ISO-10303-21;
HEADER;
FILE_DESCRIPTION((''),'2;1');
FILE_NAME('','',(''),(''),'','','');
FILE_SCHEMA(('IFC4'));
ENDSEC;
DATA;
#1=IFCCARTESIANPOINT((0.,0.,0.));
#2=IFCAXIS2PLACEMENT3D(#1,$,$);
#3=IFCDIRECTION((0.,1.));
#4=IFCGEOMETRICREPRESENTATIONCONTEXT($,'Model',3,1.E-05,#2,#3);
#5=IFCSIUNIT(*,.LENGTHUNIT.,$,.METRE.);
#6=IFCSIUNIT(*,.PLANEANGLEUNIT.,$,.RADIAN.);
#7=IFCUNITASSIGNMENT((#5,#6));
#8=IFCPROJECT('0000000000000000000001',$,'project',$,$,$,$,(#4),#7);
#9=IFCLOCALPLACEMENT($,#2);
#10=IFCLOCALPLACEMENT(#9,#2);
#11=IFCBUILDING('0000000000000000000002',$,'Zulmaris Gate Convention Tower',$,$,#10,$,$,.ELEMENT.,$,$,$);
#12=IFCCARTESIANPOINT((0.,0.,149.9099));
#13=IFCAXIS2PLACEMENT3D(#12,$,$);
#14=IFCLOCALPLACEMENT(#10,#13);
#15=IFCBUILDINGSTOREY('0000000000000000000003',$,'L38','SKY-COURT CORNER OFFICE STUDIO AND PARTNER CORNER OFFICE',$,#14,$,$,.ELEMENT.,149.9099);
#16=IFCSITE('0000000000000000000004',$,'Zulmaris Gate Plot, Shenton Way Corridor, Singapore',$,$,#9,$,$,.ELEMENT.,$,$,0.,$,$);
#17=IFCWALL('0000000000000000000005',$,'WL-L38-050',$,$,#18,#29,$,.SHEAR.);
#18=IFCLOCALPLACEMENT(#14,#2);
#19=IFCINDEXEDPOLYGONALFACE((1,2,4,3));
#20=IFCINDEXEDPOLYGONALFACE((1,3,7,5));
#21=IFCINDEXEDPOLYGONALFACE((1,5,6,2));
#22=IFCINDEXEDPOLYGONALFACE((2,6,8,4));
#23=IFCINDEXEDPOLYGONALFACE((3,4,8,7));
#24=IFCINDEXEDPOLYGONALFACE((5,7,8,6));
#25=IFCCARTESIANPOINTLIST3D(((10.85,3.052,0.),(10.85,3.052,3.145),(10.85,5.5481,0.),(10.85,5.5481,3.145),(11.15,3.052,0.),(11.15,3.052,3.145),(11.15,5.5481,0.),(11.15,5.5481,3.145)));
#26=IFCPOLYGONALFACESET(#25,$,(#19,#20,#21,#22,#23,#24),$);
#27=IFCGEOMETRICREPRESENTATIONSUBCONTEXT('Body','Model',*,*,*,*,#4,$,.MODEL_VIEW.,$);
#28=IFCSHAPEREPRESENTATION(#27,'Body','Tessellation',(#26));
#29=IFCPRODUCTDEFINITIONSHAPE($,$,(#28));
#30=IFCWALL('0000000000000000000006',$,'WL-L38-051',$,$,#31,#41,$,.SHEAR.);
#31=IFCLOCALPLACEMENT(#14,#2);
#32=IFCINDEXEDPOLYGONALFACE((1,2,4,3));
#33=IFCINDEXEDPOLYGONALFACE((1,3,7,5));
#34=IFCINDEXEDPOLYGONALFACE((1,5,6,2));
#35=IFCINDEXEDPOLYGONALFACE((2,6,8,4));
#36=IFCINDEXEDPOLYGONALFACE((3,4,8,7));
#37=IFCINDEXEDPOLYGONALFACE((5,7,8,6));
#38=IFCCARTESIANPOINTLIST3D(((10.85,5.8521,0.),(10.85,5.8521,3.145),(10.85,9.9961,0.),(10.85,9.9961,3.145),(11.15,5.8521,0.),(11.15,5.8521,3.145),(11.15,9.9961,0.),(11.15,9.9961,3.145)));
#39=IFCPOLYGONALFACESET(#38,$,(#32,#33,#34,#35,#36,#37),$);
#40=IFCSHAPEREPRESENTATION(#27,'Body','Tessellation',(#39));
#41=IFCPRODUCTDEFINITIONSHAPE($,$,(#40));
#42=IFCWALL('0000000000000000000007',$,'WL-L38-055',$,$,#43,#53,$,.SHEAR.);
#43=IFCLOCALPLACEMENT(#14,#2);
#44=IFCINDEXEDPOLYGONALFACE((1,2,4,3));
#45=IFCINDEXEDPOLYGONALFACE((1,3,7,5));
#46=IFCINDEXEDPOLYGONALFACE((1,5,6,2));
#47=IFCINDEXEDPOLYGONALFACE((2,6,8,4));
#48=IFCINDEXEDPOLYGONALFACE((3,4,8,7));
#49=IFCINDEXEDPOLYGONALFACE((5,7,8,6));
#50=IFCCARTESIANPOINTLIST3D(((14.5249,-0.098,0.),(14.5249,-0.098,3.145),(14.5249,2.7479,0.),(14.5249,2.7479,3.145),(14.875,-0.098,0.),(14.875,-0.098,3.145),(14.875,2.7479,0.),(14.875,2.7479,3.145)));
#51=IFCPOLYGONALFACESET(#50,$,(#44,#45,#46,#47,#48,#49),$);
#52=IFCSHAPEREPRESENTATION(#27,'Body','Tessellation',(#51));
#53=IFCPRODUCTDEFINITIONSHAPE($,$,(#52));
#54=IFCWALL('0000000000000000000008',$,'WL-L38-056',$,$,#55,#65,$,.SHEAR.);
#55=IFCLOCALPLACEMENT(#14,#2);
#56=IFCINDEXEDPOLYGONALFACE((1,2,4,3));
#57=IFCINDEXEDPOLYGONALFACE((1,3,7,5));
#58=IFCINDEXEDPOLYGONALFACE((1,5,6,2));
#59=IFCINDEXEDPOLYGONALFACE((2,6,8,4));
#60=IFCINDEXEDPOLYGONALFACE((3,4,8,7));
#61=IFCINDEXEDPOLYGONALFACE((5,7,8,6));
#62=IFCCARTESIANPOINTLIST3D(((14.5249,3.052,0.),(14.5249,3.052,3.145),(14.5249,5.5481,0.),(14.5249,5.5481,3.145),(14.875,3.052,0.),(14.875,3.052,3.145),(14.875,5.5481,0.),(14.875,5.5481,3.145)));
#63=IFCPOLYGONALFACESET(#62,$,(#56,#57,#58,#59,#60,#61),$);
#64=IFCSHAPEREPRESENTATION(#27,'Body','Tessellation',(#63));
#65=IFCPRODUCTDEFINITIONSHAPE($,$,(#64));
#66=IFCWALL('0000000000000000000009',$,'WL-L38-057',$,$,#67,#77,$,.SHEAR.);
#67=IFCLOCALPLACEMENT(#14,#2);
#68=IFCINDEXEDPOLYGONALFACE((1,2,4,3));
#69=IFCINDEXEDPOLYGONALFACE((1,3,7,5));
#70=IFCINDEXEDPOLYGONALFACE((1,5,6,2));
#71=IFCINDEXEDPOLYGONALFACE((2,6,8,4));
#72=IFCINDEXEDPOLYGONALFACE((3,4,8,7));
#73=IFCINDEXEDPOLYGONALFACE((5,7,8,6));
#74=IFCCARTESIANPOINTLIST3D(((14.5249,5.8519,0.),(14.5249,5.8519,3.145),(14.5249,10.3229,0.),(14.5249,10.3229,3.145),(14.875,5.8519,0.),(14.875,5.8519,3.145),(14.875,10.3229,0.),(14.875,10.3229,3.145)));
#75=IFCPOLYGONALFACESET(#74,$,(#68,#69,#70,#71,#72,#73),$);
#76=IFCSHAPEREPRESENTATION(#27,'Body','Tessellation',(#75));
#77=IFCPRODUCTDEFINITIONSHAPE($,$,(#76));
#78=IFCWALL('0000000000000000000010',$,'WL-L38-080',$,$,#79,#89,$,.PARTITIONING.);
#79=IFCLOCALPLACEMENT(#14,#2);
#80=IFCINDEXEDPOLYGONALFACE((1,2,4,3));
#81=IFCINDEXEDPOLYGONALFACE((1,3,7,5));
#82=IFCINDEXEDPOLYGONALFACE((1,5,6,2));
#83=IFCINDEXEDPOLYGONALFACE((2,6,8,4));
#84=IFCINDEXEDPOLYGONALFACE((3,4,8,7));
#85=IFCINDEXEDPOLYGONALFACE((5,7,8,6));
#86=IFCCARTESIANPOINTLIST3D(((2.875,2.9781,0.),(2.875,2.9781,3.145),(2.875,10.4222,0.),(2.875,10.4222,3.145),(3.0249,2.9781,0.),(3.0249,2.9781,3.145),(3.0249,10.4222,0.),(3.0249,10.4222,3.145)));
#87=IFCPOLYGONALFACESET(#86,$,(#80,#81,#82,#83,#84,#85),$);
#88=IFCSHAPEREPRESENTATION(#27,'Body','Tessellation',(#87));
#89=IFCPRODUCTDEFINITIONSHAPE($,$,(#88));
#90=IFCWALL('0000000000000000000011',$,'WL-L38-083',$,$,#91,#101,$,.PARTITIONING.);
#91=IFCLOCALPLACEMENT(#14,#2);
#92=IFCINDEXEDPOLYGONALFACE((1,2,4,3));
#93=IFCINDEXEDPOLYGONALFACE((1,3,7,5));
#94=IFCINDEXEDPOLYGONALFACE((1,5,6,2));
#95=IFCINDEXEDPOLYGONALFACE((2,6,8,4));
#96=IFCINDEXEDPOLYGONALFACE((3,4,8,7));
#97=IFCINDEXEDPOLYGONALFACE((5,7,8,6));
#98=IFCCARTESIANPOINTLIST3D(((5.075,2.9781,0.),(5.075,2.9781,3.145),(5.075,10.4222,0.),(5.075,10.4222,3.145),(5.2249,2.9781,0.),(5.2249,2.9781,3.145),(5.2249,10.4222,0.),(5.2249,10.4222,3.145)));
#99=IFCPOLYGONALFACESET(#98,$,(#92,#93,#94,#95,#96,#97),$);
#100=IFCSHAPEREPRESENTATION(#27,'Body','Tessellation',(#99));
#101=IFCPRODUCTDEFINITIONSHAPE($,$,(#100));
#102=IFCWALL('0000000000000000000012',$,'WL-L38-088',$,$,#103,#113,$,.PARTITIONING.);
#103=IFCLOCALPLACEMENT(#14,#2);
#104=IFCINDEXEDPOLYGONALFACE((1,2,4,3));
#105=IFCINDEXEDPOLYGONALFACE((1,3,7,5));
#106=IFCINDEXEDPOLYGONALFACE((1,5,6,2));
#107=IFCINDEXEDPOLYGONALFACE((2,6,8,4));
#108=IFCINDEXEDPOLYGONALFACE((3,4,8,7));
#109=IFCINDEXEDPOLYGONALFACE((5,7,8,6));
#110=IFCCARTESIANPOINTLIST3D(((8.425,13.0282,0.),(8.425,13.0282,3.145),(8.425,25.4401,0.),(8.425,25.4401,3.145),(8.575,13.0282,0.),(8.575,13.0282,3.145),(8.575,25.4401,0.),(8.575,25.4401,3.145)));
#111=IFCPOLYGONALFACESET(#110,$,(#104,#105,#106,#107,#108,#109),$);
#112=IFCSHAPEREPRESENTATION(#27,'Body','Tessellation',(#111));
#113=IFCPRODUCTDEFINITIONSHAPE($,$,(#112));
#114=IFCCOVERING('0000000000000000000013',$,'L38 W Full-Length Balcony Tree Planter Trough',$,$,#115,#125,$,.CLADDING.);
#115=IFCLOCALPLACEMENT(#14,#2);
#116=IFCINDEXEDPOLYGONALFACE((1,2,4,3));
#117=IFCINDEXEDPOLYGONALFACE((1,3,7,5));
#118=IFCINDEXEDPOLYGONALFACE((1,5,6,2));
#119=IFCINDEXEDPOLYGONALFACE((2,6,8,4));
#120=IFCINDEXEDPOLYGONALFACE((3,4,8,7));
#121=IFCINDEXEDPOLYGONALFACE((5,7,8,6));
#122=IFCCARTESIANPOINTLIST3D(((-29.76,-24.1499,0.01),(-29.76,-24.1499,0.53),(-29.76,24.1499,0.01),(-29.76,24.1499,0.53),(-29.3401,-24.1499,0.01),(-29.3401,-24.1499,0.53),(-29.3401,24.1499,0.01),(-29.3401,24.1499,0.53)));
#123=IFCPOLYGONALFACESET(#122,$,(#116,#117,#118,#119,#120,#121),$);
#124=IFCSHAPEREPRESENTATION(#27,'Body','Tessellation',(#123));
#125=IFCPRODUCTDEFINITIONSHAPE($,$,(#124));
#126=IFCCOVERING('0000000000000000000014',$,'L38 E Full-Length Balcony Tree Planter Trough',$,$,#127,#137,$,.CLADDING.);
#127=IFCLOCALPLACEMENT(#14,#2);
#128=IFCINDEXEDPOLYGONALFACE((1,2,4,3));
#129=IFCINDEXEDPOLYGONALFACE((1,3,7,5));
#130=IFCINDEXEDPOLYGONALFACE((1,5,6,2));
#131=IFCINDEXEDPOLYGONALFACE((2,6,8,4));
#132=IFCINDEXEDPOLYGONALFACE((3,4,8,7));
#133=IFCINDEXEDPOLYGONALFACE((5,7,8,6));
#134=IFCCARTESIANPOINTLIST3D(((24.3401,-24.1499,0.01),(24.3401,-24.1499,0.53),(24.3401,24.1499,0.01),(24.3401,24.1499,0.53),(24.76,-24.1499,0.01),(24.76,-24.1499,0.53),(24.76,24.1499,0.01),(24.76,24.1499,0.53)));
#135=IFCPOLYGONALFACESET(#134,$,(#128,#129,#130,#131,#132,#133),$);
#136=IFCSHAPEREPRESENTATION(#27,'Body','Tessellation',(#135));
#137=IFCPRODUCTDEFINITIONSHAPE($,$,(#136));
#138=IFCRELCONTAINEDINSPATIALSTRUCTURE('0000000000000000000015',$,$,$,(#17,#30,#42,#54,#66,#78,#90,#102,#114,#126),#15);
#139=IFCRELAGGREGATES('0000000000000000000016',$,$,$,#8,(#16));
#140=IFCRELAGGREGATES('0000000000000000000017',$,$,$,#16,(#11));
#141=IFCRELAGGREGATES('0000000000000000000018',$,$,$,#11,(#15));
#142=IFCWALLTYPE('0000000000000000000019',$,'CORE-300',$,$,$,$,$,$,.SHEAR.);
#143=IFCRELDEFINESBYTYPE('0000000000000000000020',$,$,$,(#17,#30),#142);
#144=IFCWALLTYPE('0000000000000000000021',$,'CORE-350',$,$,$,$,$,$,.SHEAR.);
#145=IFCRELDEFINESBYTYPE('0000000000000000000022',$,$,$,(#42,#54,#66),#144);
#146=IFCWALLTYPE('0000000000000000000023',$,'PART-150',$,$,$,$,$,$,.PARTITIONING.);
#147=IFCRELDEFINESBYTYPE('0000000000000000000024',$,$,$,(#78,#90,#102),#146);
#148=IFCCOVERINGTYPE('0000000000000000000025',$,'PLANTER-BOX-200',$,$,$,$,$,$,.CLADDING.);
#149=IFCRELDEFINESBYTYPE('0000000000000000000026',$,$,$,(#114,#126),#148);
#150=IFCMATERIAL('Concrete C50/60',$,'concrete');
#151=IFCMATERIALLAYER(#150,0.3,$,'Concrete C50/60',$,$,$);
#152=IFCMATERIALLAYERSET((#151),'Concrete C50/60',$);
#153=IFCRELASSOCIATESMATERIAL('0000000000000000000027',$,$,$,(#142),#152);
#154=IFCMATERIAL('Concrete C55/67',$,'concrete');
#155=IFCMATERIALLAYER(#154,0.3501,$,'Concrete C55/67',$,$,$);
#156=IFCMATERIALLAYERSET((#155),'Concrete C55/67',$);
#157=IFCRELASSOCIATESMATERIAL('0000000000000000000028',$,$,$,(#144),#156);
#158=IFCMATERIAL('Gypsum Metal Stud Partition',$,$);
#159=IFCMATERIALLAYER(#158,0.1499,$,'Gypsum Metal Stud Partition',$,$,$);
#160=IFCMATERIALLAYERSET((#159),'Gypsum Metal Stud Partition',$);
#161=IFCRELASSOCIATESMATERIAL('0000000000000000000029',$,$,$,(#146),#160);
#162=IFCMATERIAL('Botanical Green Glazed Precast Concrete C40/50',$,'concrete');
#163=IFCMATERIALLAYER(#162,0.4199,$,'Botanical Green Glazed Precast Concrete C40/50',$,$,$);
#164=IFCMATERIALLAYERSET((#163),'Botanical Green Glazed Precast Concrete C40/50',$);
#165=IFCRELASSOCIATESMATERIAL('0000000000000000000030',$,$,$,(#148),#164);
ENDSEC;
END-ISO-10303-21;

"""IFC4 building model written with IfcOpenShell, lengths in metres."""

from ifc_helpers import new_model, si_unit, direction, frame, frame_2d, origin, place, context, subcontext, project, spatial, polyline, rectangle, outline, extrude, material, layer, layer_set, type_object, element, save


model = new_model("IFC4")

# Units and contexts
model_context = context("Model", 3, precision=1e-05, world=origin(), true_north=direction((0.0, 1.0)))
body_context = subcontext(model_context, "Body", "Model", "MODEL_VIEW")
ifc_project = project(units=[si_unit("LENGTHUNIT", "METRE"), si_unit("PLANEANGLEUNIT", "RADIAN")], contexts=[model_context])

# Site, building, storey
site_placement = place(None, origin())
site = spatial("IfcSite", under=ifc_project, at=site_placement, Name="Zulmaris Gate Plot, Shenton Way Corridor, Singapore", CompositionType="ELEMENT", RefElevation=0.0)
building_placement = place(site_placement, origin())
building = spatial("IfcBuilding", under=site, at=building_placement, Name="Zulmaris Gate Convention Tower", CompositionType="ELEMENT")
storey_placement = place(building_placement, frame((0.0, 0.0, 149.9099)))
storey = spatial("IfcBuildingStorey", under=building, at=storey_placement, Name="L38", Description="SKY-COURT CORNER OFFICE STUDIO AND PARTNER CORNER OFFICE", CompositionType="ELEMENT", Elevation=149.9099)

# Shared definitions
ifc_material_1 = material(Name="Concrete C50/60", Category="concrete")

# Shared definitions
ifc_layer_1 = layer(ifc_material_1, 0.3, Name="Concrete C50/60")
ifc_layer_set_1 = layer_set([ifc_layer_1], Name="Concrete C50/60")
wall_type_1 = type_object("IfcWallType", Name="CORE-300", PredefinedType="SHEAR", material=ifc_layer_set_1)

# Walls
wall_1_placement = place(storey_placement, frame((11.0, 3.052, 0.0), z_axis=(0.0, 0.0, 1.0), x_axis=(0.0, 1.0, 0.0)))
element("IfcWall", 1, at=wall_1_placement, inside=storey, type_object=wall_type_1, Name="WL-L38-050", PredefinedType="SHEAR", context=body_context, shape_type="SweptSolid", body=[
    extrude(rectangle(XDim=2.4961, YDim=0.3, at=frame_2d((1.248, 0.0))), origin(), (0.0, 0.0, 1.0), 3.145),
])
wall_2_placement = place(storey_placement, frame((11.0, 5.8521, 0.0), z_axis=(0.0, 0.0, 1.0), x_axis=(0.0, 1.0, 0.0)))
element("IfcWall", 2, at=wall_2_placement, inside=storey, type_object=wall_type_1, Name="WL-L38-051", PredefinedType="SHEAR", context=body_context, shape_type="SweptSolid", body=[
    extrude(rectangle(XDim=4.144, YDim=0.3, at=frame_2d((2.072, 0.0))), origin(), (0.0, 0.0, 1.0), 3.145),
])

# Shared definitions
ifc_material_2 = material(Name="Concrete C55/67", Category="concrete")
ifc_layer_2 = layer(ifc_material_2, 0.3501, Name="Concrete C55/67")
ifc_layer_set_2 = layer_set([ifc_layer_2], Name="Concrete C55/67")
wall_type_2 = type_object("IfcWallType", Name="CORE-350", PredefinedType="SHEAR", material=ifc_layer_set_2)

# Walls
wall_3_placement = place(storey_placement, frame((14.7, -0.0979, 0.0), z_axis=(0.0, 0.0, 1.0), x_axis=(0.0, 1.0, 0.0)))
element("IfcWall", 3, at=wall_3_placement, inside=storey, type_object=wall_type_2, Name="WL-L38-055", PredefinedType="SHEAR", context=body_context, shape_type="SweptSolid", body=[
    extrude(rectangle(XDim=2.8459, YDim=0.3501, at=frame_2d((1.4229, 0.0))), origin(), (0.0, 0.0, 1.0), 3.145),
])
wall_4_placement = place(storey_placement, frame((14.7, 3.052, 0.0), z_axis=(0.0, 0.0, 1.0), x_axis=(0.0, 1.0, 0.0)))
element("IfcWall", 4, at=wall_4_placement, inside=storey, type_object=wall_type_2, Name="WL-L38-056", PredefinedType="SHEAR", context=body_context, shape_type="SweptSolid", body=[
    extrude(rectangle(XDim=2.4961, YDim=0.3501, at=frame_2d((1.248, 0.0))), origin(), (0.0, 0.0, 1.0), 3.145),
])
wall_5_placement = place(storey_placement, frame((14.7, 5.8521, 0.0), z_axis=(0.0, 0.0, 1.0), x_axis=(0.0, 1.0, 0.0)))
element("IfcWall", 5, at=wall_5_placement, inside=storey, type_object=wall_type_2, Name="WL-L38-057", PredefinedType="SHEAR", context=body_context, shape_type="SweptSolid", body=[
    extrude(rectangle(XDim=4.4709, YDim=0.3501, at=frame_2d((2.2354, 0.0))), origin(), (0.0, 0.0, 1.0), 3.145),
])
ifc_material_3 = material(Name="Gypsum Metal Stud Partition")
ifc_layer_3 = layer(ifc_material_3, 0.1499, Name="Gypsum Metal Stud Partition")
ifc_layer_set_3 = layer_set([ifc_layer_3], Name="Gypsum Metal Stud Partition")
wall_type_3 = type_object("IfcWallType", Name="PART-150", PredefinedType="PARTITIONING", material=ifc_layer_set_3)
for number, where, z_axis, x_axis, name in (
    (6, (2.95, 2.978, 0.0), (0.0, 0.0, 1.0), (0.0, 1.0, 0.0), "WL-L38-080"),
    (7, (5.1499, 2.978, 0.0), (0.0, 0.0, 1.0), (0.0, 1.0, 0.0), "WL-L38-083"),
):
    element("IfcWall", number, at=place(storey_placement, frame(where, z_axis=z_axis, x_axis=x_axis)), inside=storey, type_object=wall_type_3, Name=name, PredefinedType="PARTITIONING", context=body_context, shape_type="SweptSolid", body=[
        extrude(rectangle(XDim=7.4441, YDim=0.1499, at=frame_2d((3.7222, 0.0))), origin(), (0.0, 0.0, 1.0), 3.145),
    ])
wall_6_placement = place(storey_placement, frame((8.5, 13.0281, 0.0), z_axis=(0.0, 0.0, 1.0), x_axis=(0.0, 1.0, 0.0)))
element("IfcWall", 8, at=wall_6_placement, inside=storey, type_object=wall_type_3, Name="WL-L38-088", PredefinedType="PARTITIONING", context=body_context, shape_type="SweptSolid", body=[
    extrude(rectangle(XDim=12.4119, YDim=0.1499, at=frame_2d((6.2061, 0.0))), origin(), (0.0, 0.0, 1.0), 3.145),
])

# Coverings
ifc_material_4 = material(Name="Botanical Green Glazed Precast Concrete C40/50", Category="concrete")
ifc_layer_4 = layer(ifc_material_4, 0.4199, Name="Botanical Green Glazed Precast Concrete C40/50")
ifc_layer_set_4 = layer_set([ifc_layer_4], Name="Botanical Green Glazed Precast Concrete C40/50")
covering_type = type_object("IfcCoveringType", Name="PLANTER-BOX-200", PredefinedType="CLADDING", material=ifc_layer_set_4)
covering_1_placement = place(storey_placement, frame((0.0, 0.0, 0.01)))
element("IfcCovering", 9, at=covering_1_placement, inside=storey, type_object=covering_type, Name="L38 W Full-Length Balcony Tree Planter Trough", PredefinedType="CLADDING", context=body_context, shape_type="SweptSolid", body=[
    extrude(outline(polyline([(-29.76, -24.1499), (-29.3401, -24.1499), (-29.3401, 24.1499), (-29.76, 24.1499), (-29.76, -24.1499)])), origin(), (0.0, 0.0, 1.0), 0.52),
])
covering_2_placement = place(storey_placement, frame((0.0, 0.0, 0.01)))
element("IfcCovering", 10, at=covering_2_placement, inside=storey, type_object=covering_type, Name="L38 E Full-Length Balcony Tree Planter Trough", PredefinedType="CLADDING", context=body_context, shape_type="SweptSolid", body=[
    extrude(outline(polyline([(24.3401, -24.1499), (24.76, -24.1499), (24.76, 24.1499), (24.3401, 24.1499), (24.3401, -24.1499)])), origin(), (0.0, 0.0, 1.0), 0.52),
])

save(model, "model.ifc")
